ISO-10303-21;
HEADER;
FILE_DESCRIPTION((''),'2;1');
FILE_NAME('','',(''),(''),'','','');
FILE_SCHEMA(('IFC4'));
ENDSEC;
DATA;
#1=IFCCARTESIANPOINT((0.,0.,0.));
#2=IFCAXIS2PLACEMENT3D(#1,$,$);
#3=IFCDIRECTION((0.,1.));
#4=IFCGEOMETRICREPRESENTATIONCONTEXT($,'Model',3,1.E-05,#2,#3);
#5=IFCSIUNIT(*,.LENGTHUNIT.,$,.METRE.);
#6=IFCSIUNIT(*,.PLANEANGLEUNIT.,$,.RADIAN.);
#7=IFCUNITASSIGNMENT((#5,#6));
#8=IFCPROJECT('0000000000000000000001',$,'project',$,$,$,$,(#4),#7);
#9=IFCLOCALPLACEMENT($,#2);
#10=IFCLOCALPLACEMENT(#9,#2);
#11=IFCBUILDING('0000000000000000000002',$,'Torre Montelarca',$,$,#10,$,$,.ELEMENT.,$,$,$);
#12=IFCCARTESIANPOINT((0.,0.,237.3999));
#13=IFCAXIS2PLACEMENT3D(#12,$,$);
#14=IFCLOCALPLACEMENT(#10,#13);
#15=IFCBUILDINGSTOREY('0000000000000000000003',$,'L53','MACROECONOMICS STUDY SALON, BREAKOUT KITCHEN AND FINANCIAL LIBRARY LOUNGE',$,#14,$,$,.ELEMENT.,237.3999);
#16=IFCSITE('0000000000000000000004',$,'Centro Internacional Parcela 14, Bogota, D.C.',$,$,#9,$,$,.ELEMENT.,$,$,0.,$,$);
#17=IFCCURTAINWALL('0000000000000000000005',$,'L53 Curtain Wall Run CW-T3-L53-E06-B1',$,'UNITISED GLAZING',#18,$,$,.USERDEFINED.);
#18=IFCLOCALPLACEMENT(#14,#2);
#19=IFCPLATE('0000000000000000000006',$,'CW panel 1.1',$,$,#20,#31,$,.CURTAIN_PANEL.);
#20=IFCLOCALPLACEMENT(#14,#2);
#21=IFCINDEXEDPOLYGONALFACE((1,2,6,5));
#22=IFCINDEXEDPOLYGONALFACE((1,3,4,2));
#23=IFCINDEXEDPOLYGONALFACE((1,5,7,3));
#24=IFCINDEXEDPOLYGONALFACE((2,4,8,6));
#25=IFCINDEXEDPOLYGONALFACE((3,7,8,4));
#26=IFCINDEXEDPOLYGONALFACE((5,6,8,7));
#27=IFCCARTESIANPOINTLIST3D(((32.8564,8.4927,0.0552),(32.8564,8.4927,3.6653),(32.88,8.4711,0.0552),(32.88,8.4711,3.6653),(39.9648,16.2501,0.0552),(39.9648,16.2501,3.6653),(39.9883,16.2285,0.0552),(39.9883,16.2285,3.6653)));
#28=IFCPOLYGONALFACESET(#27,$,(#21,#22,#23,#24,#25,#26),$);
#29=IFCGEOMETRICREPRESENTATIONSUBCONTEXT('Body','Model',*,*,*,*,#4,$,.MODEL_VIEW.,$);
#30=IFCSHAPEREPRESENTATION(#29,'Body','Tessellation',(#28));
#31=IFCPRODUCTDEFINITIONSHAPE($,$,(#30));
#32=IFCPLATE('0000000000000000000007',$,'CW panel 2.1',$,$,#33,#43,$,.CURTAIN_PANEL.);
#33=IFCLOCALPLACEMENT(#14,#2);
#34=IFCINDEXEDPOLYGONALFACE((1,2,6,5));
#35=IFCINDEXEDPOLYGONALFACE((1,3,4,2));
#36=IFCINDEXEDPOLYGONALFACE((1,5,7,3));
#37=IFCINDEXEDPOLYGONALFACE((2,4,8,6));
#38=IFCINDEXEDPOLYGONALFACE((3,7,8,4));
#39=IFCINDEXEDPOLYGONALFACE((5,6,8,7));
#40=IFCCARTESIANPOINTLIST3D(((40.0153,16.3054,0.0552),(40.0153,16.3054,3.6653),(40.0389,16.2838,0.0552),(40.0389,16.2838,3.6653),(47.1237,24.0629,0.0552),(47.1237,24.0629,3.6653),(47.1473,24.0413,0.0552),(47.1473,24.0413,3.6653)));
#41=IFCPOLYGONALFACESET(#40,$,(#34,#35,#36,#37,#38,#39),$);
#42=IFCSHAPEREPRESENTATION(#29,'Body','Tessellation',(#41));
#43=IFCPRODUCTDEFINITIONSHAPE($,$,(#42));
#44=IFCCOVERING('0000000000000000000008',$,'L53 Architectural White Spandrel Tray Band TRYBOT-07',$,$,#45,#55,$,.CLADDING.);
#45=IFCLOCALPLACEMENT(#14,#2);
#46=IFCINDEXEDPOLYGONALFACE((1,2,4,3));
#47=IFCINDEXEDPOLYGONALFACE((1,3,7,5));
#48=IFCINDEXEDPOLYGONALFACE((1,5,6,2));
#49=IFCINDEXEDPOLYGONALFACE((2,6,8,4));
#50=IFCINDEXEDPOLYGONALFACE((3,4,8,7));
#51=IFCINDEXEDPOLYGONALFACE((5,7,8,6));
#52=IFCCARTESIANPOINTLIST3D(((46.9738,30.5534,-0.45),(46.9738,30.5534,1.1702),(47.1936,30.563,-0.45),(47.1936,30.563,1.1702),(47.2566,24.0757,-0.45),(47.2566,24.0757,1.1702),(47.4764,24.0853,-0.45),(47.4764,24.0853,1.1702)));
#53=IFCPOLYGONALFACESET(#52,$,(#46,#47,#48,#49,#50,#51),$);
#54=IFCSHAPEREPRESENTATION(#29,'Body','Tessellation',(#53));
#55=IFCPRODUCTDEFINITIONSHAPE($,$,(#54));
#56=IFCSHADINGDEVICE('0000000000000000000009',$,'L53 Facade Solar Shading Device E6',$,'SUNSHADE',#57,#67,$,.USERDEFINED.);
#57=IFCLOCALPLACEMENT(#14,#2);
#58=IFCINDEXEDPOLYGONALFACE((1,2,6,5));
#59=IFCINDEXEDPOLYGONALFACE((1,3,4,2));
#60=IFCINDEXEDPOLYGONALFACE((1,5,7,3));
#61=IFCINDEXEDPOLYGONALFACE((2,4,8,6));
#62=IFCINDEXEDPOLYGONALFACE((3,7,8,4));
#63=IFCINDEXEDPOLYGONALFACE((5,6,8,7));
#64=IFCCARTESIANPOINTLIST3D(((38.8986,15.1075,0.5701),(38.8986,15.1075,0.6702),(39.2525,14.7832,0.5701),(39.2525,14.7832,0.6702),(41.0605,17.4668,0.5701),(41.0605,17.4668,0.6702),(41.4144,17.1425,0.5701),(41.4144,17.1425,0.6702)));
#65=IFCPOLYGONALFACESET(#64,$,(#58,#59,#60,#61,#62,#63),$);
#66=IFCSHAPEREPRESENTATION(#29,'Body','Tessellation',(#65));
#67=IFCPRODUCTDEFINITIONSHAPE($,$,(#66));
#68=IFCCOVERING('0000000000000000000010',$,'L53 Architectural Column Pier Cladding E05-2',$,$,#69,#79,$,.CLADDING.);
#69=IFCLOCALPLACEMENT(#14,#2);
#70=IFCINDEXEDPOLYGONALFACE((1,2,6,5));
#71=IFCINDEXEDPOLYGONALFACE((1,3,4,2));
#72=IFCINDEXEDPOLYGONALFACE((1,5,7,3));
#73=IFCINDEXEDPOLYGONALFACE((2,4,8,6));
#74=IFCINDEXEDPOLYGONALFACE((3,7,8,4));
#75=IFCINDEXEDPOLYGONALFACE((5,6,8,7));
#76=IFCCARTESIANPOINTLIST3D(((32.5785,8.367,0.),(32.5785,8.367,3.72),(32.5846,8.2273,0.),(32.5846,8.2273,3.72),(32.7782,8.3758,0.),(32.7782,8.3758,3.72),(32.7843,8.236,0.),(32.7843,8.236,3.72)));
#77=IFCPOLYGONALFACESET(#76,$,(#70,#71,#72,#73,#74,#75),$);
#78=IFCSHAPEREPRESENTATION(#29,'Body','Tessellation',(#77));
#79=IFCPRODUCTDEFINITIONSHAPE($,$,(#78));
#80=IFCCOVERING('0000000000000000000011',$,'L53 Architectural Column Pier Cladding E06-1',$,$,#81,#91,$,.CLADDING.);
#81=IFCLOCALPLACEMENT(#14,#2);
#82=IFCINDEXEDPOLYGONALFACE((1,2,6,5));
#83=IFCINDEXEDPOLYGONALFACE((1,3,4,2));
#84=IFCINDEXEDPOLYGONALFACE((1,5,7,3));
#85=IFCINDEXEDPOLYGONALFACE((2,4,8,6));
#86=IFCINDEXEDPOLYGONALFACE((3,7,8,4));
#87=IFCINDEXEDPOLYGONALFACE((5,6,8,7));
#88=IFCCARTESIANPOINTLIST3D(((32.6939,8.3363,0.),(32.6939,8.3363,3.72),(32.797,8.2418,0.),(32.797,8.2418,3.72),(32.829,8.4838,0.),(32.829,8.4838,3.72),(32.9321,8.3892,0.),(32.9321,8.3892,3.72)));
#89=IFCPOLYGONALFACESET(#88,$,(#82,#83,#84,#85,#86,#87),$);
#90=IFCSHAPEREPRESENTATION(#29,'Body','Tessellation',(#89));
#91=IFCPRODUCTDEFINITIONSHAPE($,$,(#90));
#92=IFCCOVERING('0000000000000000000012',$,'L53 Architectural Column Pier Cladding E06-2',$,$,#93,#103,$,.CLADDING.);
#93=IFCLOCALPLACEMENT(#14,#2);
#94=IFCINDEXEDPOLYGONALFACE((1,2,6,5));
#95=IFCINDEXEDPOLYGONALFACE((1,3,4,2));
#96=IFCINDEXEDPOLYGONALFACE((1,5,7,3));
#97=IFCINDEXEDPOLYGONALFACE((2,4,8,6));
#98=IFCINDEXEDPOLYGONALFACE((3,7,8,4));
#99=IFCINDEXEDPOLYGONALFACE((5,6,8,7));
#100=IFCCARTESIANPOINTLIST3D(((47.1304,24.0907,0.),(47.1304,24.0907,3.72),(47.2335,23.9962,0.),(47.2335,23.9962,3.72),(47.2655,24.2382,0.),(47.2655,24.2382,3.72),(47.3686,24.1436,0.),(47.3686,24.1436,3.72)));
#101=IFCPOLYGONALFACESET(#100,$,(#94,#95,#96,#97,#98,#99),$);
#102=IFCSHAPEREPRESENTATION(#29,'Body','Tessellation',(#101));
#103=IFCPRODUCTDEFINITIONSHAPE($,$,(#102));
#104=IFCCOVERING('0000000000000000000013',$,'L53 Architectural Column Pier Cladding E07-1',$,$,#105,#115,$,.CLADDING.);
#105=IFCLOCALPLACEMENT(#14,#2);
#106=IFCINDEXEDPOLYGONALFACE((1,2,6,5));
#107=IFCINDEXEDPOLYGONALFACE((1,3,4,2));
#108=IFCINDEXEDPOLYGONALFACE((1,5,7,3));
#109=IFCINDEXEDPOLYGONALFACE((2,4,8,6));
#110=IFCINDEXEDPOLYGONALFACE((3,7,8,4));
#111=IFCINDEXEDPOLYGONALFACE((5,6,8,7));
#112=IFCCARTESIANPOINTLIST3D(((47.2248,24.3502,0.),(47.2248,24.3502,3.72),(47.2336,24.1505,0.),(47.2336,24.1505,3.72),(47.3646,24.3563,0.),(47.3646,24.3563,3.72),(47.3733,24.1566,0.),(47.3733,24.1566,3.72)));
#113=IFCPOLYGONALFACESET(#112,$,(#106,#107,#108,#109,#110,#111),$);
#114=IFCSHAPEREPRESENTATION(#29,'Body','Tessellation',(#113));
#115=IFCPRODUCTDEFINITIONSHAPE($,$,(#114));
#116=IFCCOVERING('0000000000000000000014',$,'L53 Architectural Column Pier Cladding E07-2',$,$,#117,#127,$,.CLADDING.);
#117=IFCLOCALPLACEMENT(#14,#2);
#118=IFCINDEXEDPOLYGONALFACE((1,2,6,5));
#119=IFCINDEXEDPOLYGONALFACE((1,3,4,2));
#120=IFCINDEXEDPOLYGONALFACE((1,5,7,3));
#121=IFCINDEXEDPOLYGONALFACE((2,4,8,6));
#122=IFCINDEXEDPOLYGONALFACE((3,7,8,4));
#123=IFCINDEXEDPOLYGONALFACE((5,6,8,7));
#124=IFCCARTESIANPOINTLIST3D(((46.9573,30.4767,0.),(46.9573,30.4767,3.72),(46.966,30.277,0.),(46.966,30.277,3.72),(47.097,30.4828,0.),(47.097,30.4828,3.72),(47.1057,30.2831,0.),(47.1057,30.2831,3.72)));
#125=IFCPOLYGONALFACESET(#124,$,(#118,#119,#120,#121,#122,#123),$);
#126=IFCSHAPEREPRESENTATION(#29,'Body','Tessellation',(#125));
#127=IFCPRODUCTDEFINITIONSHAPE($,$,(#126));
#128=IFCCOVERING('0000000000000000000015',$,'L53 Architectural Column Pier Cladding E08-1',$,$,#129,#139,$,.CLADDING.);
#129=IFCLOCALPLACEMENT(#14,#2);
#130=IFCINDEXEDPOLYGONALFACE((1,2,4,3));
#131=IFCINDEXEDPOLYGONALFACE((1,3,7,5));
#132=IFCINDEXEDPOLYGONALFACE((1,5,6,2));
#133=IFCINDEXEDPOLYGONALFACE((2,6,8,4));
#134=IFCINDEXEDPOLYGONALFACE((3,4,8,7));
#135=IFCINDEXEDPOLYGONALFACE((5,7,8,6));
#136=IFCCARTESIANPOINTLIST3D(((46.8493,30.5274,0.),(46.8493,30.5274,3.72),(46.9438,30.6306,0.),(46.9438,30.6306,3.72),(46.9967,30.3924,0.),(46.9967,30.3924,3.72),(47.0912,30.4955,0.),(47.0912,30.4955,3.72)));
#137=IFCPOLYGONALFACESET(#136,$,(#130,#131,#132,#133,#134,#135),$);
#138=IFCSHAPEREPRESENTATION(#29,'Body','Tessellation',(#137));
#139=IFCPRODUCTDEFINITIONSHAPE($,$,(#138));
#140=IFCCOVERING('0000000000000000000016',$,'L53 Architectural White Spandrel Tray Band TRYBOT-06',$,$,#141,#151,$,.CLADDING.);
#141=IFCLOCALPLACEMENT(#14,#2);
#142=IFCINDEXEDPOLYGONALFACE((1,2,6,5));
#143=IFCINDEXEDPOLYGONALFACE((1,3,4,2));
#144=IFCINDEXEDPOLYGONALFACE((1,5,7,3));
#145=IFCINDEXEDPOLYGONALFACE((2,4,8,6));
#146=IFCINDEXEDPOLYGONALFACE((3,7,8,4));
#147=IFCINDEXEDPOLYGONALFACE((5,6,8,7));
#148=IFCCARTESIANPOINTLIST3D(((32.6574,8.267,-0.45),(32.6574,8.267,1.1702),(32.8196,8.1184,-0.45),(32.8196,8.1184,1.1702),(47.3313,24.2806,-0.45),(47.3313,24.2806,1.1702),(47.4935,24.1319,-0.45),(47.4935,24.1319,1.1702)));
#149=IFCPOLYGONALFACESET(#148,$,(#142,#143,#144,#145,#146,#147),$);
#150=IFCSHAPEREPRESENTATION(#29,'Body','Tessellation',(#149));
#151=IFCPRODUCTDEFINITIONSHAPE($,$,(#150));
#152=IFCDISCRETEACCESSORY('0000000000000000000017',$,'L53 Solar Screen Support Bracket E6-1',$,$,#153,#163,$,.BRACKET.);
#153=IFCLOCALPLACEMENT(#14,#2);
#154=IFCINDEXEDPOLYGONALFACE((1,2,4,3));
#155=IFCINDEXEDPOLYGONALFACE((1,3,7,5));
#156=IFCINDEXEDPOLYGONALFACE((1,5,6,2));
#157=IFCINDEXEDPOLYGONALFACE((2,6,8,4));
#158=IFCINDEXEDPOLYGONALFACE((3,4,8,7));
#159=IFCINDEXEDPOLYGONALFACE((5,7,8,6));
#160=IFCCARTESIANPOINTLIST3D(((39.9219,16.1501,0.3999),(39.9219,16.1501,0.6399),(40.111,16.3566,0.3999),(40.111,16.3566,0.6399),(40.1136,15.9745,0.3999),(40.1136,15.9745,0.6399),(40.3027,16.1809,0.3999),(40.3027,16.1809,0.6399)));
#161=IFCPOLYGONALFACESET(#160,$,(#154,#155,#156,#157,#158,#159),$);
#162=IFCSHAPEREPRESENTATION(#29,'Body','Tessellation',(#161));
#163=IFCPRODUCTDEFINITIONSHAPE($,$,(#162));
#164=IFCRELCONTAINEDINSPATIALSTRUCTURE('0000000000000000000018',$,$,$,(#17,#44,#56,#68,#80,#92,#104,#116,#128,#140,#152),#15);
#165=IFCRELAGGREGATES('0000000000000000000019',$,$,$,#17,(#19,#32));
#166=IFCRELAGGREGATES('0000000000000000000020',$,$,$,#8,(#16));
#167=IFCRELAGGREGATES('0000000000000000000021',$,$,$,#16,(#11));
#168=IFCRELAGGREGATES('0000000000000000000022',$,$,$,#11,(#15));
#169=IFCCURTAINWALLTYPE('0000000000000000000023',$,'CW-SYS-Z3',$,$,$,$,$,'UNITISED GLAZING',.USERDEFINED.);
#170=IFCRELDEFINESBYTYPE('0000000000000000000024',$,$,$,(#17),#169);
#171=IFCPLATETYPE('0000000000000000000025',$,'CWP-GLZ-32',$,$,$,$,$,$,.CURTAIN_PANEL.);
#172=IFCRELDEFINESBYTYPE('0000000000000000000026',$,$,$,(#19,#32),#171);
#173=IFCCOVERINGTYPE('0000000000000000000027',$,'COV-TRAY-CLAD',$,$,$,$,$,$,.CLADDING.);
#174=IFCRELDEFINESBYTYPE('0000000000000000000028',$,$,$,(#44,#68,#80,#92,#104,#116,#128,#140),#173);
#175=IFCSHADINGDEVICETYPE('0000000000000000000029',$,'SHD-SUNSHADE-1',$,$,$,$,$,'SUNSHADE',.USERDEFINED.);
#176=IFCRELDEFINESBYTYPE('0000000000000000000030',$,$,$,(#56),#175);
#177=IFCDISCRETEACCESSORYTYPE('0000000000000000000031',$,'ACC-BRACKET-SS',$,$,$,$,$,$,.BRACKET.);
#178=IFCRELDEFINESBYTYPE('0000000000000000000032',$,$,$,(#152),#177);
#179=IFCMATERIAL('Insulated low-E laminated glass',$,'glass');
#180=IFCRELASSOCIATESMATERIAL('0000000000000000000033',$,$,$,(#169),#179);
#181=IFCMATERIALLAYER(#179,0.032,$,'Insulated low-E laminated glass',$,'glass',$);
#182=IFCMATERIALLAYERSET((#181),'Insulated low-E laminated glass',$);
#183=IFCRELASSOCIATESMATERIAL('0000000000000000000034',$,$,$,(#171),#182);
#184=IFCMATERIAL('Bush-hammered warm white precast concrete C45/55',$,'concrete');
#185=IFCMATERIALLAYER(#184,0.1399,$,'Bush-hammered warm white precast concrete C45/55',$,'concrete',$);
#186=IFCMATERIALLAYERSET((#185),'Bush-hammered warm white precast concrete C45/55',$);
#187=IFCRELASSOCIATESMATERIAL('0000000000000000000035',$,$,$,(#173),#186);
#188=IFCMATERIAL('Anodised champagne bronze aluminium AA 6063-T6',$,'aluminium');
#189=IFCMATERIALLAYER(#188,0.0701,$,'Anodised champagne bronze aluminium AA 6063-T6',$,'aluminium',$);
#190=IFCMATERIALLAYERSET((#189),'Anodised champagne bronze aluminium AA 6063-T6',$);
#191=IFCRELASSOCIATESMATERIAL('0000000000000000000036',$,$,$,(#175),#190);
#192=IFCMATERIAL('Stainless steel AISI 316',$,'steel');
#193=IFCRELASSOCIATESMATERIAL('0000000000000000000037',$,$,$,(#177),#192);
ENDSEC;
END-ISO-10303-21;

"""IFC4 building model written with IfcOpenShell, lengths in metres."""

from ifc_helpers import new_model, si_unit, direction, frame, origin, origin_2d, place, context, subcontext, project, spatial, rectangle, extrude, source, transform, mapped, material, layer, layer_set, type_object, element, aggregate, save


model = new_model("IFC4")

# Units and contexts
model_context = context("Model", 3, precision=1e-05, world=origin(), true_north=direction((0.0, 1.0)))
body_context = subcontext(model_context, "Body", "Model", "MODEL_VIEW")
ifc_project = project(units=[si_unit("LENGTHUNIT", "METRE"), si_unit("PLANEANGLEUNIT", "RADIAN")], contexts=[model_context])

# Site, building, storey
site_placement = place(None, origin())
site = spatial("IfcSite", under=ifc_project, at=site_placement, Name="Centro Internacional Parcela 14, Bogota, D.C.", CompositionType="ELEMENT", RefElevation=0.0)
building_placement = place(site_placement, origin())
building = spatial("IfcBuilding", under=site, at=building_placement, Name="Torre Montelarca", CompositionType="ELEMENT")
storey_placement = place(building_placement, frame((0.0, 0.0, 237.3999)))
storey = spatial("IfcBuildingStorey", under=building, at=storey_placement, Name="L53", Description="MACROECONOMICS STUDY SALON, BREAKOUT KITCHEN AND FINANCIAL LIBRARY LOUNGE", CompositionType="ELEMENT", Elevation=237.3999)

# Curtain wall
ifc_material_1 = material(Name="Insulated low-E laminated glass", Category="glass")
curtain_wall_type = type_object("IfcCurtainWallType", Name="CW-SYS-Z3", ElementType="UNITISED GLAZING", PredefinedType="USERDEFINED", material=ifc_material_1)
curtain_wall_1_placement = place(storey_placement, origin())
curtain_wall_1 = element("IfcCurtainWall", 1, at=curtain_wall_1_placement, inside=storey, type_object=curtain_wall_type, Name="L53 Curtain Wall Run CW-T3-L53-E06-B1", ObjectType="UNITISED GLAZING", PredefinedType="USERDEFINED")

# Plates
ifc_layer_1 = layer(ifc_material_1, 0.032, Name="Insulated low-E laminated glass", Category="glass")
ifc_layer_set_1 = layer_set([ifc_layer_1], Name="Insulated low-E laminated glass")
plate_type_1 = type_object("IfcPlateType", Name="CWP-GLZ-32", PredefinedType="CURTAIN_PANEL", material=ifc_layer_set_1)
shared_shape_1 = source(origin(), body_context, "Body", "SweptSolid", [
    extrude(rectangle(XDim=10.5217, YDim=0.032, at=origin_2d()), origin(), (0.0, 0.0, 1.0), 3.6101),
])
plate_1_placement = place(storey_placement, frame((36.4224, 12.3606, 0.0552), z_axis=(0.0, 0.0, 1.0), x_axis=(0.67559, 0.737278, 0.0)))
plate_1 = element("IfcPlate", 2, at=plate_1_placement, type_object=plate_type_1, Name="CW panel 1.1", PredefinedType="CURTAIN_PANEL", context=body_context, shape_type="MappedRepresentation", body=[
    mapped(shared_shape_1, transform((0.0, 0.0, 0.0), scale=1.0)),
])
plate_2_placement = place(storey_placement, frame((43.5813, 20.1733, 0.0552), z_axis=(0.0, 0.0, 1.0), x_axis=(0.67559, 0.737278, 0.0)))
plate_2 = element("IfcPlate", 3, at=plate_2_placement, type_object=plate_type_1, Name="CW panel 2.1", PredefinedType="CURTAIN_PANEL", context=body_context, shape_type="MappedRepresentation", body=[
    mapped(shared_shape_1, transform((0.0, 0.0, 0.0), scale=1.0)),
])
aggregate(curtain_wall_1, [plate_1, plate_2])

# Covering
ifc_material_2 = material(Name="Bush-hammered warm white precast concrete C45/55", Category="concrete")
ifc_layer_2 = layer(ifc_material_2, 0.1399, Name="Bush-hammered warm white precast concrete C45/55", Category="concrete")
ifc_layer_set_2 = layer_set([ifc_layer_2], Name="Bush-hammered warm white precast concrete C45/55")
covering_type = type_object("IfcCoveringType", Name="COV-TRAY-CLAD", PredefinedType="CLADDING", material=ifc_layer_set_2)
shared_shape_2 = source(origin(), body_context, "Body", "SweptSolid", [
    extrude(rectangle(XDim=6.4839, YDim=0.22, at=origin_2d()), origin(), (0.0, 0.0, 1.0), 1.6201),
])
covering_1_placement = place(storey_placement, frame((47.2251, 27.3193, -0.45), z_axis=(0.0, 0.0, 1.0), x_axis=(-0.043621, 0.999048, 0.0)))
element("IfcCovering", 4, at=covering_1_placement, inside=storey, type_object=covering_type, Name="L53 Architectural White Spandrel Tray Band TRYBOT-07", PredefinedType="CLADDING", context=body_context, shape_type="MappedRepresentation", body=[
    mapped(shared_shape_2, transform((0.0, 0.0, 0.0), scale=1.0)),
])

# Shading device
ifc_material_3 = material(Name="Anodised champagne bronze aluminium AA 6063-T6", Category="aluminium")
ifc_layer_3 = layer(ifc_material_3, 0.0701, Name="Anodised champagne bronze aluminium AA 6063-T6", Category="aluminium")
ifc_layer_set_3 = layer_set([ifc_layer_3], Name="Anodised champagne bronze aluminium AA 6063-T6")
shading_device_type = type_object("IfcShadingDeviceType", Name="SHD-SUNSHADE-1", ElementType="SUNSHADE", PredefinedType="USERDEFINED", material=ifc_layer_set_3)
shared_shape_3 = source(origin(), body_context, "Body", "SweptSolid", [
    extrude(rectangle(XDim=3.2, YDim=0.48, at=origin_2d()), origin(), (0.0, 0.0, 1.0), 0.1001),
])
shading_device_placement = place(storey_placement, frame((40.1565, 16.125, 0.5701), z_axis=(0.0, 0.0, 1.0), x_axis=(0.675594, 0.737274, 0.0)))
element("IfcShadingDevice", 5, at=shading_device_placement, inside=storey, type_object=shading_device_type, Name="L53 Facade Solar Shading Device E6", ObjectType="SUNSHADE", PredefinedType="USERDEFINED", context=body_context, shape_type="MappedRepresentation", body=[
    mapped(shared_shape_3, transform((0.0, 0.0, 0.0), scale=1.0)),
])

# Coverings
shared_shape_4 = source(origin(), body_context, "Body", "SweptSolid", [
    extrude(rectangle(XDim=0.2, YDim=0.1399, at=origin_2d()), origin(), (0.0, 0.0, 1.0), 3.72),
])
for number, where, z_axis, x_axis, name in (
    (6, (32.6814, 8.3015, 0.0), (0.0, 0.0, 1.0), (0.999048, 0.043628, 0.0), "L53 Architectural Column Pier Cladding E05-2"),
    (7, (32.813, 8.3628, 0.0), (0.0, 0.0, 1.0), (0.675593, 0.737275, 0.0), "L53 Architectural Column Pier Cladding E06-1"),
    (8, (47.2495, 24.1172, 0.0), (0.0, 0.0, 1.0), (0.675593, 0.737275, 0.0), "L53 Architectural Column Pier Cladding E06-2"),
    (9, (47.2991, 24.2534, 0.0), (0.0, 0.0, 1.0), (-0.043628, 0.999048, 0.0), "L53 Architectural Column Pier Cladding E07-1"),
    (10, (47.0315, 30.3799, 0.0), (0.0, 0.0, 1.0), (-0.043628, 0.999048, 0.0), "L53 Architectural Column Pier Cladding E07-2"),
    (11, (46.9702, 30.5115, 0.0), (0.0, 0.0, 1.0), (-0.737277, 0.67559, 0.0), "L53 Architectural Column Pier Cladding E08-1"),
):
    element("IfcCovering", number, at=place(storey_placement, frame(where, z_axis=z_axis, x_axis=x_axis)), inside=storey, type_object=covering_type, Name=name, PredefinedType="CLADDING", context=body_context, shape_type="MappedRepresentation", body=[
        mapped(shared_shape_4, transform((0.0, 0.0, 0.0), scale=1.0)),
    ])
shared_shape_5 = source(origin(), body_context, "Body", "SweptSolid", [
    extrude(rectangle(XDim=21.72, YDim=0.22, at=origin_2d()), origin(), (0.0, 0.0, 1.0), 1.6201),
])
covering_2_placement = place(storey_placement, frame((40.0754, 16.1995, -0.45), z_axis=(0.0, 0.0, 1.0), x_axis=(0.675594, 0.737274, 0.0)))
element("IfcCovering", 12, at=covering_2_placement, inside=storey, type_object=covering_type, Name="L53 Architectural White Spandrel Tray Band TRYBOT-06", PredefinedType="CLADDING", context=body_context, shape_type="MappedRepresentation", body=[
    mapped(shared_shape_5, transform((0.0, 0.0, 0.0), scale=1.0)),
])

# Discrete accessory
ifc_material_4 = material(Name="Stainless steel AISI 316", Category="steel")
discrete_accessory_type = type_object("IfcDiscreteAccessoryType", Name="ACC-BRACKET-SS", PredefinedType="BRACKET", material=ifc_material_4)
shared_shape_6 = source(origin(), body_context, "Body", "SweptSolid", [
    extrude(rectangle(XDim=0.28, YDim=0.26, at=origin_2d()), origin(), (0.0, 0.0, 1.0), 0.24),
])
discrete_accessory_placement = place(storey_placement, frame((40.1123, 16.1655, 0.3999), z_axis=(0.0, 0.0, 1.0), x_axis=(0.675594, 0.737274, 0.0)))
element("IfcDiscreteAccessory", 13, at=discrete_accessory_placement, inside=storey, type_object=discrete_accessory_type, Name="L53 Solar Screen Support Bracket E6-1", PredefinedType="BRACKET", context=body_context, shape_type="MappedRepresentation", body=[
    mapped(shared_shape_6, transform((0.0, 0.0, 0.0), scale=1.0)),
])

save(model, "model.ifc")
